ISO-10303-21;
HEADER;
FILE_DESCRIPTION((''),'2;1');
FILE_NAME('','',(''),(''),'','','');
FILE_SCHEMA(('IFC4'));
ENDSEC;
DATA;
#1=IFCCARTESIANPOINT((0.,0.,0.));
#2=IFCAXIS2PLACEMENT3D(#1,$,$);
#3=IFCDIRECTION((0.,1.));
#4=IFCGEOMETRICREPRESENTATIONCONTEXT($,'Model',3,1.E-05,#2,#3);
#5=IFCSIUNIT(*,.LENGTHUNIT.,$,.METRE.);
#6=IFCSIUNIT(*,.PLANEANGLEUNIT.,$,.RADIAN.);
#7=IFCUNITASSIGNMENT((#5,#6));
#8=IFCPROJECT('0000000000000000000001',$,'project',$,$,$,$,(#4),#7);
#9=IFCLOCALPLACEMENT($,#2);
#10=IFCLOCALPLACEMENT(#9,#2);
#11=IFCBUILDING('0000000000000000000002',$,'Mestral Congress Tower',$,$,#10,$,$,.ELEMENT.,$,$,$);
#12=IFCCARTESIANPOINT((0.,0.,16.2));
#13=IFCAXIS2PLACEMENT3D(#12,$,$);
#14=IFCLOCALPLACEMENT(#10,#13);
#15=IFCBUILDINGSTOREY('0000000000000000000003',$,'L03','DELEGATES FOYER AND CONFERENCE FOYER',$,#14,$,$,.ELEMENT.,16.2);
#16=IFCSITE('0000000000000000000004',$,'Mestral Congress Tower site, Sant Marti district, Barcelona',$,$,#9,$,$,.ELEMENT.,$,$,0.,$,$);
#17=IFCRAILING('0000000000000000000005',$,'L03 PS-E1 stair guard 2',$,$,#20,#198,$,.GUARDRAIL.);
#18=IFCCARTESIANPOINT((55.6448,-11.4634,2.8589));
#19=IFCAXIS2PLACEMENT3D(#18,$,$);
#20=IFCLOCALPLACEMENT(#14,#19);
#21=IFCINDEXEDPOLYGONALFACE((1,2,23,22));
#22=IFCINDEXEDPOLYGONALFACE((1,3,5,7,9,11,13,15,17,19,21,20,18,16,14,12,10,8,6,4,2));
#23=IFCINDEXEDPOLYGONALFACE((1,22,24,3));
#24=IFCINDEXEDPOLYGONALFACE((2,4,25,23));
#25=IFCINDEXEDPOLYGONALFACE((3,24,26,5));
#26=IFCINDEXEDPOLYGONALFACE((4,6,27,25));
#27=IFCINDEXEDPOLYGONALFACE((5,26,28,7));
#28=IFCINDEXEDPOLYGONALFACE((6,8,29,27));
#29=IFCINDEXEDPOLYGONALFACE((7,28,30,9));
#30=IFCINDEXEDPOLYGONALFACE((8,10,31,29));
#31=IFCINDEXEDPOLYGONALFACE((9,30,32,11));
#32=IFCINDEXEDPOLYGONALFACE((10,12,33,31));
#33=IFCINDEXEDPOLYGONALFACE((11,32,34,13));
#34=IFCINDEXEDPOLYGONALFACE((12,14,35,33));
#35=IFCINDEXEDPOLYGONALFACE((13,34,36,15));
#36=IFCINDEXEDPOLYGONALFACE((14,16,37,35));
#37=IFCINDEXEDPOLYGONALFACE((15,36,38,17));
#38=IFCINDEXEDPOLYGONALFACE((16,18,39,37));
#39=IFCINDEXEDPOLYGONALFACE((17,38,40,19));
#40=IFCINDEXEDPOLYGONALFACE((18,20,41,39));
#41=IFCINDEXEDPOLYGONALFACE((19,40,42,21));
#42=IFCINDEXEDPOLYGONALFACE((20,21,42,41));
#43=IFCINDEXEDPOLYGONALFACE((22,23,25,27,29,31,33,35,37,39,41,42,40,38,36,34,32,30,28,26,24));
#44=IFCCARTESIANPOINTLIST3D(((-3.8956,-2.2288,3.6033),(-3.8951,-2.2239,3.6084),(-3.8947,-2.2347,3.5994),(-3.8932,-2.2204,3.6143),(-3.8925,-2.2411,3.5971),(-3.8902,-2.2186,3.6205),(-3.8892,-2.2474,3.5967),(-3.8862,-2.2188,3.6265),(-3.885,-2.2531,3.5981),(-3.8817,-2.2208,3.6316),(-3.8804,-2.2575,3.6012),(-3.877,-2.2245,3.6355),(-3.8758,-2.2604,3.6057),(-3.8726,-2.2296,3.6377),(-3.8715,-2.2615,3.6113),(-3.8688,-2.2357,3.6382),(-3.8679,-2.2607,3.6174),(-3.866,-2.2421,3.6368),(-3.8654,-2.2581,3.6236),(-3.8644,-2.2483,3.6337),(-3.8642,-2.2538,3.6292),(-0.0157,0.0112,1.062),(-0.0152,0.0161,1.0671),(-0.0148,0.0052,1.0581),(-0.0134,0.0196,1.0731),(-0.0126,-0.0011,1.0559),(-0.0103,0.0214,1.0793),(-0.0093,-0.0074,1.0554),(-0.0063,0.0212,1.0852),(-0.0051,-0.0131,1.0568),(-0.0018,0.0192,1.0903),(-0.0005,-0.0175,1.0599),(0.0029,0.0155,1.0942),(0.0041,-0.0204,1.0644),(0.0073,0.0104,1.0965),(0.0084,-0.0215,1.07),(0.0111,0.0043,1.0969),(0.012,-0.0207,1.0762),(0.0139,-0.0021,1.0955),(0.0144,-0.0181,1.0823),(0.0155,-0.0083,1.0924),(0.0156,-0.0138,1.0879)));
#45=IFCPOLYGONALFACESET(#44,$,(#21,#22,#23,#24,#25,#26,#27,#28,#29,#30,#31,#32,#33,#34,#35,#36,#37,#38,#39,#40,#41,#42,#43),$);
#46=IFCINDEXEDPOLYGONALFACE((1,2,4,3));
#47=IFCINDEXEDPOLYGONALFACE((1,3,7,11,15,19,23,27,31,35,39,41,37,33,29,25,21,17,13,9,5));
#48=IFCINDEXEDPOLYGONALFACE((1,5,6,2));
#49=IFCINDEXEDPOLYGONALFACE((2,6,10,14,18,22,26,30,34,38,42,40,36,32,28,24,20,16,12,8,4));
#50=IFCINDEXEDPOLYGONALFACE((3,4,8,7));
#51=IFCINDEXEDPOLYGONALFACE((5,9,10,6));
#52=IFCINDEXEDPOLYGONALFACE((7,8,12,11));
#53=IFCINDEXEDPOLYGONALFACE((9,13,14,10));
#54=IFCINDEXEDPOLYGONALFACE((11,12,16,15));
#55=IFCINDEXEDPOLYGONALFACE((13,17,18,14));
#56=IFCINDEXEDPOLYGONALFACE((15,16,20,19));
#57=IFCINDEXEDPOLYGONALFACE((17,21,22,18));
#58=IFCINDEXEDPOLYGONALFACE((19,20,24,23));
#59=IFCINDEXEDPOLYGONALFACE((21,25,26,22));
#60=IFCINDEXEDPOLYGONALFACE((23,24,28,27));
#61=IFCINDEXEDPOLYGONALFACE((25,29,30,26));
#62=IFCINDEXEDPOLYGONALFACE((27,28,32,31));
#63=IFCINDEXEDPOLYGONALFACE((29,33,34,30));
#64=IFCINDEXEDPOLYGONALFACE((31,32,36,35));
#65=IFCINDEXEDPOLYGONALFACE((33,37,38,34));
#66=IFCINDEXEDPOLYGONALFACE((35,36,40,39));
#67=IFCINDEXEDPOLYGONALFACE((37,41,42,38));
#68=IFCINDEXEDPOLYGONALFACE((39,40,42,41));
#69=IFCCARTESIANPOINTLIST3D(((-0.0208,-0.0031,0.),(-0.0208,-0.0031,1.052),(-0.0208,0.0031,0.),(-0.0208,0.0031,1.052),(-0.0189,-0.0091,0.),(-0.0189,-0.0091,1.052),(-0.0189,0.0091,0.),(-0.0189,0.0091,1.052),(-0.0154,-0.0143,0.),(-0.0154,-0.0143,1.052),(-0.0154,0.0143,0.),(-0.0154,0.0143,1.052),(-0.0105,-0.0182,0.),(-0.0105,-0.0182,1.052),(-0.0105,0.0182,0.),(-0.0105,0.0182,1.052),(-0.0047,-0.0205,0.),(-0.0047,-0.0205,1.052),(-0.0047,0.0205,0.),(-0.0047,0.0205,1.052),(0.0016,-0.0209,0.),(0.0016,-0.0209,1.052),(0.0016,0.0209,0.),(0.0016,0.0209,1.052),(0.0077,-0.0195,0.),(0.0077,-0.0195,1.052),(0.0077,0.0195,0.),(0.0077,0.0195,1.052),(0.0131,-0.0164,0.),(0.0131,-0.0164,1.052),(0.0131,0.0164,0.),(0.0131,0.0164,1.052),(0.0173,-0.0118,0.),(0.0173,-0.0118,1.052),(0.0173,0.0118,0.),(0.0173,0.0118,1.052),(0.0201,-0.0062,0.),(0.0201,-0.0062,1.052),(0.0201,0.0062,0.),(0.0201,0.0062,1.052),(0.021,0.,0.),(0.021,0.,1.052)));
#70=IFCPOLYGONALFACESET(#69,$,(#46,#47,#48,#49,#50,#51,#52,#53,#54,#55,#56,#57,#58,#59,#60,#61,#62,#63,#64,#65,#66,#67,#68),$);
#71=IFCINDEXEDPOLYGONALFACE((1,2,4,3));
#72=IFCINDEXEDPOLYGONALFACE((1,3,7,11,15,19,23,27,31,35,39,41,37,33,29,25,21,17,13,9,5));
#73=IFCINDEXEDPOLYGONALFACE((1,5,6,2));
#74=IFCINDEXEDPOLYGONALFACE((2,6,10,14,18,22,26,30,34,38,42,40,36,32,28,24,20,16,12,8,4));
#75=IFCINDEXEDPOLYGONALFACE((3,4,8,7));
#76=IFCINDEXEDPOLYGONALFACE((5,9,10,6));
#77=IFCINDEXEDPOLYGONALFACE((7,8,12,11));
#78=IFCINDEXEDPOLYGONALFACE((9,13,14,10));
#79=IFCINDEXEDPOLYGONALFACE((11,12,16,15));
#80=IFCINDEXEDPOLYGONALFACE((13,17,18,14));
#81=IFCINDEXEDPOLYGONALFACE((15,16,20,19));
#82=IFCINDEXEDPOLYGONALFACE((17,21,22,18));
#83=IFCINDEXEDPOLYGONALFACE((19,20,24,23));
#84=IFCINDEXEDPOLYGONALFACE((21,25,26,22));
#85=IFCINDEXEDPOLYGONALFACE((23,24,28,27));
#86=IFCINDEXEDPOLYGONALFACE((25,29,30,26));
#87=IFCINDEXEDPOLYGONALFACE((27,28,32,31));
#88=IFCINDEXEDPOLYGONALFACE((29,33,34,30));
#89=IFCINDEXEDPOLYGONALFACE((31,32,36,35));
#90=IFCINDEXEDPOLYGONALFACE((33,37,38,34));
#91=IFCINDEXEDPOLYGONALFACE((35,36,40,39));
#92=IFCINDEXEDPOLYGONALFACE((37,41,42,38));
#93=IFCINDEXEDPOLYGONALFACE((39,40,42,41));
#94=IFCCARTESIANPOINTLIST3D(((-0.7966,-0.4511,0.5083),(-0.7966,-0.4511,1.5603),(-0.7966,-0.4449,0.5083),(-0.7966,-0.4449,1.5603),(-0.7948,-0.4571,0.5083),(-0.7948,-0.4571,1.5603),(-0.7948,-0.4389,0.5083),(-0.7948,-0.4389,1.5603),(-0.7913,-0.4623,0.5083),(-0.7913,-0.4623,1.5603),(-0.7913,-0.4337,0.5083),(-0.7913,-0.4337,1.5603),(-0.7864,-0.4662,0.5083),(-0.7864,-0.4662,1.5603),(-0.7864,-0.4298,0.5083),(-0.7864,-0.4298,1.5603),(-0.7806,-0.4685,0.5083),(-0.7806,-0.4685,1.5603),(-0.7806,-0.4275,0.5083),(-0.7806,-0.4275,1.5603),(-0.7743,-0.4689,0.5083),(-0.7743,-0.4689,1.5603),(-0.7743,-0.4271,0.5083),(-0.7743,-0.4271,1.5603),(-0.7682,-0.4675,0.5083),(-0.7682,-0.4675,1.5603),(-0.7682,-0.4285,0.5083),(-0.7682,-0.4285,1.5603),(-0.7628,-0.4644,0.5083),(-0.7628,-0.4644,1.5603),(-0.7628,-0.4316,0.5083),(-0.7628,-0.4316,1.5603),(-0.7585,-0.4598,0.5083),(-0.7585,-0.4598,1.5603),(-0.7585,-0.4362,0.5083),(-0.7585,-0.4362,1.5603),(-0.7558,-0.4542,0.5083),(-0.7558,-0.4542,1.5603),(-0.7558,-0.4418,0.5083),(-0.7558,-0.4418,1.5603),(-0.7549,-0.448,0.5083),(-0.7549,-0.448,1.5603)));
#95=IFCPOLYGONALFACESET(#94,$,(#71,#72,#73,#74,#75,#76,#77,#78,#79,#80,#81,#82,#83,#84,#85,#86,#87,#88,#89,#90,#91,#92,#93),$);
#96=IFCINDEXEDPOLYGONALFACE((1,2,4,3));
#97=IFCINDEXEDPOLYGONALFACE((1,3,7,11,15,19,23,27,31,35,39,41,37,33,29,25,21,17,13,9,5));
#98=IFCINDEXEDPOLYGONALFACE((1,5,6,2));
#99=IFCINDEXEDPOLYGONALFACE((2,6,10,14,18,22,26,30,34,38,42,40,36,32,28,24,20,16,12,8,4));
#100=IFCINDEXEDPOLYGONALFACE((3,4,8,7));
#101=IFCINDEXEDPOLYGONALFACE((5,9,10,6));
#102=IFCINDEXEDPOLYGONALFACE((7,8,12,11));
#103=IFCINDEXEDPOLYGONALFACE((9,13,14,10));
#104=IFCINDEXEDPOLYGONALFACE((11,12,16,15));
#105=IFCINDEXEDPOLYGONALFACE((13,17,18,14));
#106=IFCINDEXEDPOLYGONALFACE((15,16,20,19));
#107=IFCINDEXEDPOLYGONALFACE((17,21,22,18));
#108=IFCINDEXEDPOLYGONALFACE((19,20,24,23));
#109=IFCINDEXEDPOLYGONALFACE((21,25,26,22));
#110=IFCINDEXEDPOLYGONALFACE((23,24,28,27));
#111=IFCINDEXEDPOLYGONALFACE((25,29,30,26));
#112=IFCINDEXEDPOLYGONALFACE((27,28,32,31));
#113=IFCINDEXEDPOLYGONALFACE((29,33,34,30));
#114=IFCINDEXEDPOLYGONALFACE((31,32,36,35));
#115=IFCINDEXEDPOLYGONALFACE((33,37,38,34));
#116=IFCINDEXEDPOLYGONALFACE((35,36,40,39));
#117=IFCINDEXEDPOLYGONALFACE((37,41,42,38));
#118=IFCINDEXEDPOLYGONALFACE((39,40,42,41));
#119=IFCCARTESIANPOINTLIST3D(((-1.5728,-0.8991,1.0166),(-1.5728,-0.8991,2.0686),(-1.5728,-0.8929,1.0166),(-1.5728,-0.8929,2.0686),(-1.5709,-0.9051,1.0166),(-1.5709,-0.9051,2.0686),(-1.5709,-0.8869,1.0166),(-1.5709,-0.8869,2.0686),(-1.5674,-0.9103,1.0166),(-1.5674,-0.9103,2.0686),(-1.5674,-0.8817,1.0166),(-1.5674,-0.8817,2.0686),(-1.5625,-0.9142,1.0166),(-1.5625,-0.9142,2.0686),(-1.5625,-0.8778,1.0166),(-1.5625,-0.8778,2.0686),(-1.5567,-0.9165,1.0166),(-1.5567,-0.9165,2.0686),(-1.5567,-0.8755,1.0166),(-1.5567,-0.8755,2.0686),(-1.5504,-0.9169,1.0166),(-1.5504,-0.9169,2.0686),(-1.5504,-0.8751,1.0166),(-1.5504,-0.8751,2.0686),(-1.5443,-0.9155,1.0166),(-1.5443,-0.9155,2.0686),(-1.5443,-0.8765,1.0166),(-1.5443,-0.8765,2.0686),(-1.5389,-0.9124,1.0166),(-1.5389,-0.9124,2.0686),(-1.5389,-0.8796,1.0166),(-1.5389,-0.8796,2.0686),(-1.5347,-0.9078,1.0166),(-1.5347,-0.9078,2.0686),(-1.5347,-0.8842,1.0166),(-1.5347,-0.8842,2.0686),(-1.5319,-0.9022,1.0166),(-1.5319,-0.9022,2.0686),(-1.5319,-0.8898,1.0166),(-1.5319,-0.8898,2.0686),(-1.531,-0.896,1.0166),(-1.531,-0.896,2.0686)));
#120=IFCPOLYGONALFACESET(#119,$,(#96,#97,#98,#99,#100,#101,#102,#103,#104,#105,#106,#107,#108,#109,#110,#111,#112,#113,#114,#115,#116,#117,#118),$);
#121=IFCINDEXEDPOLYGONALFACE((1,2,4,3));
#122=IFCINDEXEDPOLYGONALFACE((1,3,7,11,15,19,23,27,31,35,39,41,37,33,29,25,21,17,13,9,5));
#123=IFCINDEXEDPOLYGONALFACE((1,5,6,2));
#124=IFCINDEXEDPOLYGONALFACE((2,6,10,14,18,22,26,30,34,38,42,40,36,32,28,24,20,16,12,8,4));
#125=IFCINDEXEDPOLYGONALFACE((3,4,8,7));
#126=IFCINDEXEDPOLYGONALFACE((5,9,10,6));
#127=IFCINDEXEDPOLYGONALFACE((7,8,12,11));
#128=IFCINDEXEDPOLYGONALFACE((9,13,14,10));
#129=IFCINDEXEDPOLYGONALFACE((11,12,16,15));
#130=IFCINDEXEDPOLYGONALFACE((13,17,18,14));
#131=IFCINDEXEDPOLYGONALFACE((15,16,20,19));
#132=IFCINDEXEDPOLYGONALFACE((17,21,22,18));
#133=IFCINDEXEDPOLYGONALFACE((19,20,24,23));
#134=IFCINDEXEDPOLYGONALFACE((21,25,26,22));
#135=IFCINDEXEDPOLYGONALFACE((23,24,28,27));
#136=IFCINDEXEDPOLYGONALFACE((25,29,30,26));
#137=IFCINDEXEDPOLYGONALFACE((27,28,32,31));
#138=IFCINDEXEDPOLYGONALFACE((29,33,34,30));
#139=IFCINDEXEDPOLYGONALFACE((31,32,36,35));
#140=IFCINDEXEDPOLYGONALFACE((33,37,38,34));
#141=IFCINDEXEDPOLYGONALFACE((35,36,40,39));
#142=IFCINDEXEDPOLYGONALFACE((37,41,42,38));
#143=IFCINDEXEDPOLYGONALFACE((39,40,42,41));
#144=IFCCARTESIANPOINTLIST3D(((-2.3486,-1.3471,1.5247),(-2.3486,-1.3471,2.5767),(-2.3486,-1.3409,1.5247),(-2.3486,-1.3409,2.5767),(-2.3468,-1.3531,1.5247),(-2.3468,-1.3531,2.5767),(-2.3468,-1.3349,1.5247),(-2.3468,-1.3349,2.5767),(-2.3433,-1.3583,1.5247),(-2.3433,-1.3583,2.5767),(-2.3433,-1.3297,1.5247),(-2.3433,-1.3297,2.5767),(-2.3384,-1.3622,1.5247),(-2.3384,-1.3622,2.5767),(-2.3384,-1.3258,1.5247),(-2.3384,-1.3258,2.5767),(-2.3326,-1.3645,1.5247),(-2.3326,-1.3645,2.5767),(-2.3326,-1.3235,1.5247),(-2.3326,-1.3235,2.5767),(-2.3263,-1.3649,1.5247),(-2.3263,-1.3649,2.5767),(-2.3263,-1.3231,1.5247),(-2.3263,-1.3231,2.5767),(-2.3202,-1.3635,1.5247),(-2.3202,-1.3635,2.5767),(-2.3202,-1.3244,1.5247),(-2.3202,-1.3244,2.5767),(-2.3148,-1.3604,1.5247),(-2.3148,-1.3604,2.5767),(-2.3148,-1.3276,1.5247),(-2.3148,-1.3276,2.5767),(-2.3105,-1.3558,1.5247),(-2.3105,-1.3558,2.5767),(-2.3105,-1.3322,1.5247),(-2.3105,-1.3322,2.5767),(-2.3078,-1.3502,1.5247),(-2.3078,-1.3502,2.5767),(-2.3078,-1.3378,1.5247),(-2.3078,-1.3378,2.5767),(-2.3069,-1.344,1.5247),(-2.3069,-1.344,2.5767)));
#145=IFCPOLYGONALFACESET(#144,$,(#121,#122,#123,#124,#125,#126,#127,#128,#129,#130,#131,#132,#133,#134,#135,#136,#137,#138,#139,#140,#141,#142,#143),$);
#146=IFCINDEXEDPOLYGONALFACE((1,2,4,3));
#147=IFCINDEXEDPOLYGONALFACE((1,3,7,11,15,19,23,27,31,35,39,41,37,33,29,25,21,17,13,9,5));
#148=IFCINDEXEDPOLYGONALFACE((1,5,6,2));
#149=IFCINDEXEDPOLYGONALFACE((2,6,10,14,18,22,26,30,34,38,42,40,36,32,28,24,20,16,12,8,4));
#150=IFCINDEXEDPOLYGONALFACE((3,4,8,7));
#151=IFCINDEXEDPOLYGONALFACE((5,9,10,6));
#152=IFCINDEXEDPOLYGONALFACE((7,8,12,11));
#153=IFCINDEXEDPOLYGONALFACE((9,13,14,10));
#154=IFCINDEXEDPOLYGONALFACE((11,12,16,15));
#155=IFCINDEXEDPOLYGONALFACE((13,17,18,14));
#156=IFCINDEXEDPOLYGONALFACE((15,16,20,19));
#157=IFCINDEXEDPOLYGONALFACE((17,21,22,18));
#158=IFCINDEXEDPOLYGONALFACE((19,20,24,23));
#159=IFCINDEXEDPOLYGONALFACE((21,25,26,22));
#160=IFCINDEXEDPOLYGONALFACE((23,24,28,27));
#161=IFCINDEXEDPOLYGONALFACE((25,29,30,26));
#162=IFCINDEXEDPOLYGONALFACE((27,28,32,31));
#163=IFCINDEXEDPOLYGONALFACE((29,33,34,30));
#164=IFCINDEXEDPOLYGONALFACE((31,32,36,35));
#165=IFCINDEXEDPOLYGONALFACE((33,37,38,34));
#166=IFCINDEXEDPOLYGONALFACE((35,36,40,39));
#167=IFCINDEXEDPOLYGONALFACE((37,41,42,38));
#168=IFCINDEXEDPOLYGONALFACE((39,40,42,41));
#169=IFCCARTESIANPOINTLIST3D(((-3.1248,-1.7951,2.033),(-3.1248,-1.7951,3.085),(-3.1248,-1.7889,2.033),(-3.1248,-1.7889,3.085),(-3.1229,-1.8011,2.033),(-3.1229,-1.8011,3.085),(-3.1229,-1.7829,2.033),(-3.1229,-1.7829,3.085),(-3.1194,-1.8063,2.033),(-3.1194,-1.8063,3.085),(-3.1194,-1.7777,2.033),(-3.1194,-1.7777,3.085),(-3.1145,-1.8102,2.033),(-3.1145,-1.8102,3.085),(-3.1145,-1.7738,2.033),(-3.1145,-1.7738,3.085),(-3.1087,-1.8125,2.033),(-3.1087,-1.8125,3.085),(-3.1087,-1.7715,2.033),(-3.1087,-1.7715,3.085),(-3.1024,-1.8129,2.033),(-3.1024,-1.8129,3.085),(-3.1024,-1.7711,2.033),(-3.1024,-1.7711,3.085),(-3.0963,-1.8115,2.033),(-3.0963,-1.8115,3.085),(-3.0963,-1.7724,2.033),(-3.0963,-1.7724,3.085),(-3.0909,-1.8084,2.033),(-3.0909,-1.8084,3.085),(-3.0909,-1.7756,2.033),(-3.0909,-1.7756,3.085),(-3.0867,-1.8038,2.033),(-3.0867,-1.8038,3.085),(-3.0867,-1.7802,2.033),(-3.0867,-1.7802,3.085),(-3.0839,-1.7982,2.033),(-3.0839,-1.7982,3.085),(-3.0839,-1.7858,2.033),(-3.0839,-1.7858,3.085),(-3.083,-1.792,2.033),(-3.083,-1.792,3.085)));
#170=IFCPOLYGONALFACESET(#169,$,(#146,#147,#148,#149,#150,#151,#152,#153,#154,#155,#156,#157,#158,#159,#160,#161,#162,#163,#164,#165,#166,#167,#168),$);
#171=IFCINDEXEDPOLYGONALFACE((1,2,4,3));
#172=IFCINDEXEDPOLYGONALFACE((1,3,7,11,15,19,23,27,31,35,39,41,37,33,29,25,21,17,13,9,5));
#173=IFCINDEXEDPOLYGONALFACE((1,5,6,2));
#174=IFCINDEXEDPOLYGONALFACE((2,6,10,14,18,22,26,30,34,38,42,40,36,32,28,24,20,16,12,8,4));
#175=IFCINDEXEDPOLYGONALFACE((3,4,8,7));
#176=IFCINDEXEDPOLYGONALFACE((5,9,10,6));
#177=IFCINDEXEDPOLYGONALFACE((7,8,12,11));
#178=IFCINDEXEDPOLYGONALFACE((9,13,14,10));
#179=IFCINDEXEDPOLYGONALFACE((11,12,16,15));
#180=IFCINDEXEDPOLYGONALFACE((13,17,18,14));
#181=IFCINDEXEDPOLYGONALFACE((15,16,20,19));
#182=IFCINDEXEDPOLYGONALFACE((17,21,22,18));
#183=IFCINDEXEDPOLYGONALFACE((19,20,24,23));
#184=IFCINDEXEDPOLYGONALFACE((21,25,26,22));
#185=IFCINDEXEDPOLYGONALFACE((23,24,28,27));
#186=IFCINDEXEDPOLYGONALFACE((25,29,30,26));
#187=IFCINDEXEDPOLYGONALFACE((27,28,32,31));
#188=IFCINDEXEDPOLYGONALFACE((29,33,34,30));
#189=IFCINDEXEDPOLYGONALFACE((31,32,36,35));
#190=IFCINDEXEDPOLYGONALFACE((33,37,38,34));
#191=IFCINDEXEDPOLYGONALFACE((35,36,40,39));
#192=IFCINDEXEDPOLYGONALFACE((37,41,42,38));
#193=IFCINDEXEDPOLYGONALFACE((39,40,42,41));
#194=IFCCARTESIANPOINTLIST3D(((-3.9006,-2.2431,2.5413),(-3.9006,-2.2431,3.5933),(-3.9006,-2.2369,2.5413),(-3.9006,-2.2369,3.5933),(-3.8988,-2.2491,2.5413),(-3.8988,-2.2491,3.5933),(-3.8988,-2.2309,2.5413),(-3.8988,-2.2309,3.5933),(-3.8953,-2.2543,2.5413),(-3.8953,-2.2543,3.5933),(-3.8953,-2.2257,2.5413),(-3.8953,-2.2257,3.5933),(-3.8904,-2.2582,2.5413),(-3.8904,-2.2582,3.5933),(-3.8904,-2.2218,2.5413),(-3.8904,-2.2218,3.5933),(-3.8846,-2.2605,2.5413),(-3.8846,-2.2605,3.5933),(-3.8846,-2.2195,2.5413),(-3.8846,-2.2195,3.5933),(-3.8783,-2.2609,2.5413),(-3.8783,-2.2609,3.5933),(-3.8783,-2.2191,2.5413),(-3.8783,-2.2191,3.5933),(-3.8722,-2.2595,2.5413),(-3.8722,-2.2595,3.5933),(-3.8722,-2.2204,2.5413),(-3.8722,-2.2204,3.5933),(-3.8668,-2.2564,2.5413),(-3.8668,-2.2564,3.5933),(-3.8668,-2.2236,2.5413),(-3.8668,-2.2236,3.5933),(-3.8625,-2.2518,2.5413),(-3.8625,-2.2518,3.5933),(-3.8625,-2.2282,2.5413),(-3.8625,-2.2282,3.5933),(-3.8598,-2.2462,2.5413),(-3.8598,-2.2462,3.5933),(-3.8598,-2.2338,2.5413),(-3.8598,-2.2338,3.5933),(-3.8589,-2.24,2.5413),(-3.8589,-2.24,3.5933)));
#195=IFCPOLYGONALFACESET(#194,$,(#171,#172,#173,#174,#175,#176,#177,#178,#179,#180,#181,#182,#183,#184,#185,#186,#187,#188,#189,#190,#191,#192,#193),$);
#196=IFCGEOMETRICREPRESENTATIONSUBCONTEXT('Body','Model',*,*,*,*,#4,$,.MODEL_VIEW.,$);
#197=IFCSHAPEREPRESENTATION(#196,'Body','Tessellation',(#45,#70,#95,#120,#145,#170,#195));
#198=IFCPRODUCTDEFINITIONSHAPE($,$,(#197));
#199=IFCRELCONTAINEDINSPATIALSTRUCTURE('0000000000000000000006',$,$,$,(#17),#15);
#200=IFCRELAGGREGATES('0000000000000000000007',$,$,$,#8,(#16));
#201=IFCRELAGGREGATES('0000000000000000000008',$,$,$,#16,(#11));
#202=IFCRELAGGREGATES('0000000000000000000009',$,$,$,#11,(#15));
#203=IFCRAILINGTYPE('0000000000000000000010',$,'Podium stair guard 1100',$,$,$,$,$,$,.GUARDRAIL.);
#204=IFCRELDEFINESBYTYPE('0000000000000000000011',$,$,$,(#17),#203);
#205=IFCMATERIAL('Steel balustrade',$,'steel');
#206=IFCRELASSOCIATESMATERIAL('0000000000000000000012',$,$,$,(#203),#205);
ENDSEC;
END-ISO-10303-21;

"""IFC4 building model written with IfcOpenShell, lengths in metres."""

from ifc_helpers import new_model, si_unit, direction, frame, origin, origin_2d, place, context, subcontext, project, spatial, circle, extrude, material, type_object, element, save


model = new_model("IFC4")

# Units and contexts
model_context = context("Model", 3, precision=1e-05, world=origin(), true_north=direction((0.0, 1.0)))
body_context = subcontext(model_context, "Body", "Model", "MODEL_VIEW")
ifc_project = project(units=[si_unit("LENGTHUNIT", "METRE"), si_unit("PLANEANGLEUNIT", "RADIAN")], contexts=[model_context])

# Site, building, storey
site_placement = place(None, origin())
site = spatial("IfcSite", under=ifc_project, at=site_placement, Name="Mestral Congress Tower site, Sant Marti district, Barcelona", CompositionType="ELEMENT", RefElevation=0.0)
building_placement = place(site_placement, origin())
building = spatial("IfcBuilding", under=site, at=building_placement, Name="Mestral Congress Tower", CompositionType="ELEMENT")
storey_placement = place(building_placement, frame((0.0, 0.0, 16.2)))
storey = spatial("IfcBuildingStorey", under=building, at=storey_placement, Name="L03", Description="DELEGATES FOYER AND CONFERENCE FOYER", CompositionType="ELEMENT", Elevation=16.2)

# Railing
ifc_material_1 = material(Name="Steel balustrade", Category="steel")
railing_type_1 = type_object("IfcRailingType", Name="Podium stair guard 1100", PredefinedType="GUARDRAIL", material=ifc_material_1)
railing_1_placement = place(storey_placement, frame((55.6448, -11.4634, 2.8589)))
element("IfcRailing", 1, at=railing_1_placement, inside=storey, type_object=railing_type_1, Name="L03 PS-E1 stair guard 2", PredefinedType="GUARDRAIL", context=body_context, shape_type="SweptSolid", body=[
    extrude(circle(Radius=0.0239, at=origin_2d()), frame((0.0, 0.0, 1.0762), z_axis=(-0.753282, -0.434896, 0.493388), x_axis=(0.49999, -0.866031, 0.0)), (0.0, 0.0, 1.0), 5.1506),
    extrude(circle(Radius=0.021, at=origin_2d()), origin(), (0.0, 0.0, 1.0), 1.052),
    extrude(circle(Radius=0.021, at=origin_2d()), frame((-0.7759, -0.448, 0.5083)), (0.0, 0.0, 1.0), 1.052),
    extrude(circle(Radius=0.021, at=origin_2d()), frame((-1.552, -0.896, 1.0166)), (0.0, 0.0, 1.0), 1.052),
    extrude(circle(Radius=0.021, at=origin_2d()), frame((-2.3279, -1.344, 1.5247)), (0.0, 0.0, 1.0), 1.052),
    extrude(circle(Radius=0.021, at=origin_2d()), frame((-3.104, -1.792, 2.033)), (0.0, 0.0, 1.0), 1.052),
    extrude(circle(Radius=0.021, at=origin_2d()), frame((-3.8799, -2.24, 2.5413)), (0.0, 0.0, 1.0), 1.052),
])

save(model, "model.ifc")
